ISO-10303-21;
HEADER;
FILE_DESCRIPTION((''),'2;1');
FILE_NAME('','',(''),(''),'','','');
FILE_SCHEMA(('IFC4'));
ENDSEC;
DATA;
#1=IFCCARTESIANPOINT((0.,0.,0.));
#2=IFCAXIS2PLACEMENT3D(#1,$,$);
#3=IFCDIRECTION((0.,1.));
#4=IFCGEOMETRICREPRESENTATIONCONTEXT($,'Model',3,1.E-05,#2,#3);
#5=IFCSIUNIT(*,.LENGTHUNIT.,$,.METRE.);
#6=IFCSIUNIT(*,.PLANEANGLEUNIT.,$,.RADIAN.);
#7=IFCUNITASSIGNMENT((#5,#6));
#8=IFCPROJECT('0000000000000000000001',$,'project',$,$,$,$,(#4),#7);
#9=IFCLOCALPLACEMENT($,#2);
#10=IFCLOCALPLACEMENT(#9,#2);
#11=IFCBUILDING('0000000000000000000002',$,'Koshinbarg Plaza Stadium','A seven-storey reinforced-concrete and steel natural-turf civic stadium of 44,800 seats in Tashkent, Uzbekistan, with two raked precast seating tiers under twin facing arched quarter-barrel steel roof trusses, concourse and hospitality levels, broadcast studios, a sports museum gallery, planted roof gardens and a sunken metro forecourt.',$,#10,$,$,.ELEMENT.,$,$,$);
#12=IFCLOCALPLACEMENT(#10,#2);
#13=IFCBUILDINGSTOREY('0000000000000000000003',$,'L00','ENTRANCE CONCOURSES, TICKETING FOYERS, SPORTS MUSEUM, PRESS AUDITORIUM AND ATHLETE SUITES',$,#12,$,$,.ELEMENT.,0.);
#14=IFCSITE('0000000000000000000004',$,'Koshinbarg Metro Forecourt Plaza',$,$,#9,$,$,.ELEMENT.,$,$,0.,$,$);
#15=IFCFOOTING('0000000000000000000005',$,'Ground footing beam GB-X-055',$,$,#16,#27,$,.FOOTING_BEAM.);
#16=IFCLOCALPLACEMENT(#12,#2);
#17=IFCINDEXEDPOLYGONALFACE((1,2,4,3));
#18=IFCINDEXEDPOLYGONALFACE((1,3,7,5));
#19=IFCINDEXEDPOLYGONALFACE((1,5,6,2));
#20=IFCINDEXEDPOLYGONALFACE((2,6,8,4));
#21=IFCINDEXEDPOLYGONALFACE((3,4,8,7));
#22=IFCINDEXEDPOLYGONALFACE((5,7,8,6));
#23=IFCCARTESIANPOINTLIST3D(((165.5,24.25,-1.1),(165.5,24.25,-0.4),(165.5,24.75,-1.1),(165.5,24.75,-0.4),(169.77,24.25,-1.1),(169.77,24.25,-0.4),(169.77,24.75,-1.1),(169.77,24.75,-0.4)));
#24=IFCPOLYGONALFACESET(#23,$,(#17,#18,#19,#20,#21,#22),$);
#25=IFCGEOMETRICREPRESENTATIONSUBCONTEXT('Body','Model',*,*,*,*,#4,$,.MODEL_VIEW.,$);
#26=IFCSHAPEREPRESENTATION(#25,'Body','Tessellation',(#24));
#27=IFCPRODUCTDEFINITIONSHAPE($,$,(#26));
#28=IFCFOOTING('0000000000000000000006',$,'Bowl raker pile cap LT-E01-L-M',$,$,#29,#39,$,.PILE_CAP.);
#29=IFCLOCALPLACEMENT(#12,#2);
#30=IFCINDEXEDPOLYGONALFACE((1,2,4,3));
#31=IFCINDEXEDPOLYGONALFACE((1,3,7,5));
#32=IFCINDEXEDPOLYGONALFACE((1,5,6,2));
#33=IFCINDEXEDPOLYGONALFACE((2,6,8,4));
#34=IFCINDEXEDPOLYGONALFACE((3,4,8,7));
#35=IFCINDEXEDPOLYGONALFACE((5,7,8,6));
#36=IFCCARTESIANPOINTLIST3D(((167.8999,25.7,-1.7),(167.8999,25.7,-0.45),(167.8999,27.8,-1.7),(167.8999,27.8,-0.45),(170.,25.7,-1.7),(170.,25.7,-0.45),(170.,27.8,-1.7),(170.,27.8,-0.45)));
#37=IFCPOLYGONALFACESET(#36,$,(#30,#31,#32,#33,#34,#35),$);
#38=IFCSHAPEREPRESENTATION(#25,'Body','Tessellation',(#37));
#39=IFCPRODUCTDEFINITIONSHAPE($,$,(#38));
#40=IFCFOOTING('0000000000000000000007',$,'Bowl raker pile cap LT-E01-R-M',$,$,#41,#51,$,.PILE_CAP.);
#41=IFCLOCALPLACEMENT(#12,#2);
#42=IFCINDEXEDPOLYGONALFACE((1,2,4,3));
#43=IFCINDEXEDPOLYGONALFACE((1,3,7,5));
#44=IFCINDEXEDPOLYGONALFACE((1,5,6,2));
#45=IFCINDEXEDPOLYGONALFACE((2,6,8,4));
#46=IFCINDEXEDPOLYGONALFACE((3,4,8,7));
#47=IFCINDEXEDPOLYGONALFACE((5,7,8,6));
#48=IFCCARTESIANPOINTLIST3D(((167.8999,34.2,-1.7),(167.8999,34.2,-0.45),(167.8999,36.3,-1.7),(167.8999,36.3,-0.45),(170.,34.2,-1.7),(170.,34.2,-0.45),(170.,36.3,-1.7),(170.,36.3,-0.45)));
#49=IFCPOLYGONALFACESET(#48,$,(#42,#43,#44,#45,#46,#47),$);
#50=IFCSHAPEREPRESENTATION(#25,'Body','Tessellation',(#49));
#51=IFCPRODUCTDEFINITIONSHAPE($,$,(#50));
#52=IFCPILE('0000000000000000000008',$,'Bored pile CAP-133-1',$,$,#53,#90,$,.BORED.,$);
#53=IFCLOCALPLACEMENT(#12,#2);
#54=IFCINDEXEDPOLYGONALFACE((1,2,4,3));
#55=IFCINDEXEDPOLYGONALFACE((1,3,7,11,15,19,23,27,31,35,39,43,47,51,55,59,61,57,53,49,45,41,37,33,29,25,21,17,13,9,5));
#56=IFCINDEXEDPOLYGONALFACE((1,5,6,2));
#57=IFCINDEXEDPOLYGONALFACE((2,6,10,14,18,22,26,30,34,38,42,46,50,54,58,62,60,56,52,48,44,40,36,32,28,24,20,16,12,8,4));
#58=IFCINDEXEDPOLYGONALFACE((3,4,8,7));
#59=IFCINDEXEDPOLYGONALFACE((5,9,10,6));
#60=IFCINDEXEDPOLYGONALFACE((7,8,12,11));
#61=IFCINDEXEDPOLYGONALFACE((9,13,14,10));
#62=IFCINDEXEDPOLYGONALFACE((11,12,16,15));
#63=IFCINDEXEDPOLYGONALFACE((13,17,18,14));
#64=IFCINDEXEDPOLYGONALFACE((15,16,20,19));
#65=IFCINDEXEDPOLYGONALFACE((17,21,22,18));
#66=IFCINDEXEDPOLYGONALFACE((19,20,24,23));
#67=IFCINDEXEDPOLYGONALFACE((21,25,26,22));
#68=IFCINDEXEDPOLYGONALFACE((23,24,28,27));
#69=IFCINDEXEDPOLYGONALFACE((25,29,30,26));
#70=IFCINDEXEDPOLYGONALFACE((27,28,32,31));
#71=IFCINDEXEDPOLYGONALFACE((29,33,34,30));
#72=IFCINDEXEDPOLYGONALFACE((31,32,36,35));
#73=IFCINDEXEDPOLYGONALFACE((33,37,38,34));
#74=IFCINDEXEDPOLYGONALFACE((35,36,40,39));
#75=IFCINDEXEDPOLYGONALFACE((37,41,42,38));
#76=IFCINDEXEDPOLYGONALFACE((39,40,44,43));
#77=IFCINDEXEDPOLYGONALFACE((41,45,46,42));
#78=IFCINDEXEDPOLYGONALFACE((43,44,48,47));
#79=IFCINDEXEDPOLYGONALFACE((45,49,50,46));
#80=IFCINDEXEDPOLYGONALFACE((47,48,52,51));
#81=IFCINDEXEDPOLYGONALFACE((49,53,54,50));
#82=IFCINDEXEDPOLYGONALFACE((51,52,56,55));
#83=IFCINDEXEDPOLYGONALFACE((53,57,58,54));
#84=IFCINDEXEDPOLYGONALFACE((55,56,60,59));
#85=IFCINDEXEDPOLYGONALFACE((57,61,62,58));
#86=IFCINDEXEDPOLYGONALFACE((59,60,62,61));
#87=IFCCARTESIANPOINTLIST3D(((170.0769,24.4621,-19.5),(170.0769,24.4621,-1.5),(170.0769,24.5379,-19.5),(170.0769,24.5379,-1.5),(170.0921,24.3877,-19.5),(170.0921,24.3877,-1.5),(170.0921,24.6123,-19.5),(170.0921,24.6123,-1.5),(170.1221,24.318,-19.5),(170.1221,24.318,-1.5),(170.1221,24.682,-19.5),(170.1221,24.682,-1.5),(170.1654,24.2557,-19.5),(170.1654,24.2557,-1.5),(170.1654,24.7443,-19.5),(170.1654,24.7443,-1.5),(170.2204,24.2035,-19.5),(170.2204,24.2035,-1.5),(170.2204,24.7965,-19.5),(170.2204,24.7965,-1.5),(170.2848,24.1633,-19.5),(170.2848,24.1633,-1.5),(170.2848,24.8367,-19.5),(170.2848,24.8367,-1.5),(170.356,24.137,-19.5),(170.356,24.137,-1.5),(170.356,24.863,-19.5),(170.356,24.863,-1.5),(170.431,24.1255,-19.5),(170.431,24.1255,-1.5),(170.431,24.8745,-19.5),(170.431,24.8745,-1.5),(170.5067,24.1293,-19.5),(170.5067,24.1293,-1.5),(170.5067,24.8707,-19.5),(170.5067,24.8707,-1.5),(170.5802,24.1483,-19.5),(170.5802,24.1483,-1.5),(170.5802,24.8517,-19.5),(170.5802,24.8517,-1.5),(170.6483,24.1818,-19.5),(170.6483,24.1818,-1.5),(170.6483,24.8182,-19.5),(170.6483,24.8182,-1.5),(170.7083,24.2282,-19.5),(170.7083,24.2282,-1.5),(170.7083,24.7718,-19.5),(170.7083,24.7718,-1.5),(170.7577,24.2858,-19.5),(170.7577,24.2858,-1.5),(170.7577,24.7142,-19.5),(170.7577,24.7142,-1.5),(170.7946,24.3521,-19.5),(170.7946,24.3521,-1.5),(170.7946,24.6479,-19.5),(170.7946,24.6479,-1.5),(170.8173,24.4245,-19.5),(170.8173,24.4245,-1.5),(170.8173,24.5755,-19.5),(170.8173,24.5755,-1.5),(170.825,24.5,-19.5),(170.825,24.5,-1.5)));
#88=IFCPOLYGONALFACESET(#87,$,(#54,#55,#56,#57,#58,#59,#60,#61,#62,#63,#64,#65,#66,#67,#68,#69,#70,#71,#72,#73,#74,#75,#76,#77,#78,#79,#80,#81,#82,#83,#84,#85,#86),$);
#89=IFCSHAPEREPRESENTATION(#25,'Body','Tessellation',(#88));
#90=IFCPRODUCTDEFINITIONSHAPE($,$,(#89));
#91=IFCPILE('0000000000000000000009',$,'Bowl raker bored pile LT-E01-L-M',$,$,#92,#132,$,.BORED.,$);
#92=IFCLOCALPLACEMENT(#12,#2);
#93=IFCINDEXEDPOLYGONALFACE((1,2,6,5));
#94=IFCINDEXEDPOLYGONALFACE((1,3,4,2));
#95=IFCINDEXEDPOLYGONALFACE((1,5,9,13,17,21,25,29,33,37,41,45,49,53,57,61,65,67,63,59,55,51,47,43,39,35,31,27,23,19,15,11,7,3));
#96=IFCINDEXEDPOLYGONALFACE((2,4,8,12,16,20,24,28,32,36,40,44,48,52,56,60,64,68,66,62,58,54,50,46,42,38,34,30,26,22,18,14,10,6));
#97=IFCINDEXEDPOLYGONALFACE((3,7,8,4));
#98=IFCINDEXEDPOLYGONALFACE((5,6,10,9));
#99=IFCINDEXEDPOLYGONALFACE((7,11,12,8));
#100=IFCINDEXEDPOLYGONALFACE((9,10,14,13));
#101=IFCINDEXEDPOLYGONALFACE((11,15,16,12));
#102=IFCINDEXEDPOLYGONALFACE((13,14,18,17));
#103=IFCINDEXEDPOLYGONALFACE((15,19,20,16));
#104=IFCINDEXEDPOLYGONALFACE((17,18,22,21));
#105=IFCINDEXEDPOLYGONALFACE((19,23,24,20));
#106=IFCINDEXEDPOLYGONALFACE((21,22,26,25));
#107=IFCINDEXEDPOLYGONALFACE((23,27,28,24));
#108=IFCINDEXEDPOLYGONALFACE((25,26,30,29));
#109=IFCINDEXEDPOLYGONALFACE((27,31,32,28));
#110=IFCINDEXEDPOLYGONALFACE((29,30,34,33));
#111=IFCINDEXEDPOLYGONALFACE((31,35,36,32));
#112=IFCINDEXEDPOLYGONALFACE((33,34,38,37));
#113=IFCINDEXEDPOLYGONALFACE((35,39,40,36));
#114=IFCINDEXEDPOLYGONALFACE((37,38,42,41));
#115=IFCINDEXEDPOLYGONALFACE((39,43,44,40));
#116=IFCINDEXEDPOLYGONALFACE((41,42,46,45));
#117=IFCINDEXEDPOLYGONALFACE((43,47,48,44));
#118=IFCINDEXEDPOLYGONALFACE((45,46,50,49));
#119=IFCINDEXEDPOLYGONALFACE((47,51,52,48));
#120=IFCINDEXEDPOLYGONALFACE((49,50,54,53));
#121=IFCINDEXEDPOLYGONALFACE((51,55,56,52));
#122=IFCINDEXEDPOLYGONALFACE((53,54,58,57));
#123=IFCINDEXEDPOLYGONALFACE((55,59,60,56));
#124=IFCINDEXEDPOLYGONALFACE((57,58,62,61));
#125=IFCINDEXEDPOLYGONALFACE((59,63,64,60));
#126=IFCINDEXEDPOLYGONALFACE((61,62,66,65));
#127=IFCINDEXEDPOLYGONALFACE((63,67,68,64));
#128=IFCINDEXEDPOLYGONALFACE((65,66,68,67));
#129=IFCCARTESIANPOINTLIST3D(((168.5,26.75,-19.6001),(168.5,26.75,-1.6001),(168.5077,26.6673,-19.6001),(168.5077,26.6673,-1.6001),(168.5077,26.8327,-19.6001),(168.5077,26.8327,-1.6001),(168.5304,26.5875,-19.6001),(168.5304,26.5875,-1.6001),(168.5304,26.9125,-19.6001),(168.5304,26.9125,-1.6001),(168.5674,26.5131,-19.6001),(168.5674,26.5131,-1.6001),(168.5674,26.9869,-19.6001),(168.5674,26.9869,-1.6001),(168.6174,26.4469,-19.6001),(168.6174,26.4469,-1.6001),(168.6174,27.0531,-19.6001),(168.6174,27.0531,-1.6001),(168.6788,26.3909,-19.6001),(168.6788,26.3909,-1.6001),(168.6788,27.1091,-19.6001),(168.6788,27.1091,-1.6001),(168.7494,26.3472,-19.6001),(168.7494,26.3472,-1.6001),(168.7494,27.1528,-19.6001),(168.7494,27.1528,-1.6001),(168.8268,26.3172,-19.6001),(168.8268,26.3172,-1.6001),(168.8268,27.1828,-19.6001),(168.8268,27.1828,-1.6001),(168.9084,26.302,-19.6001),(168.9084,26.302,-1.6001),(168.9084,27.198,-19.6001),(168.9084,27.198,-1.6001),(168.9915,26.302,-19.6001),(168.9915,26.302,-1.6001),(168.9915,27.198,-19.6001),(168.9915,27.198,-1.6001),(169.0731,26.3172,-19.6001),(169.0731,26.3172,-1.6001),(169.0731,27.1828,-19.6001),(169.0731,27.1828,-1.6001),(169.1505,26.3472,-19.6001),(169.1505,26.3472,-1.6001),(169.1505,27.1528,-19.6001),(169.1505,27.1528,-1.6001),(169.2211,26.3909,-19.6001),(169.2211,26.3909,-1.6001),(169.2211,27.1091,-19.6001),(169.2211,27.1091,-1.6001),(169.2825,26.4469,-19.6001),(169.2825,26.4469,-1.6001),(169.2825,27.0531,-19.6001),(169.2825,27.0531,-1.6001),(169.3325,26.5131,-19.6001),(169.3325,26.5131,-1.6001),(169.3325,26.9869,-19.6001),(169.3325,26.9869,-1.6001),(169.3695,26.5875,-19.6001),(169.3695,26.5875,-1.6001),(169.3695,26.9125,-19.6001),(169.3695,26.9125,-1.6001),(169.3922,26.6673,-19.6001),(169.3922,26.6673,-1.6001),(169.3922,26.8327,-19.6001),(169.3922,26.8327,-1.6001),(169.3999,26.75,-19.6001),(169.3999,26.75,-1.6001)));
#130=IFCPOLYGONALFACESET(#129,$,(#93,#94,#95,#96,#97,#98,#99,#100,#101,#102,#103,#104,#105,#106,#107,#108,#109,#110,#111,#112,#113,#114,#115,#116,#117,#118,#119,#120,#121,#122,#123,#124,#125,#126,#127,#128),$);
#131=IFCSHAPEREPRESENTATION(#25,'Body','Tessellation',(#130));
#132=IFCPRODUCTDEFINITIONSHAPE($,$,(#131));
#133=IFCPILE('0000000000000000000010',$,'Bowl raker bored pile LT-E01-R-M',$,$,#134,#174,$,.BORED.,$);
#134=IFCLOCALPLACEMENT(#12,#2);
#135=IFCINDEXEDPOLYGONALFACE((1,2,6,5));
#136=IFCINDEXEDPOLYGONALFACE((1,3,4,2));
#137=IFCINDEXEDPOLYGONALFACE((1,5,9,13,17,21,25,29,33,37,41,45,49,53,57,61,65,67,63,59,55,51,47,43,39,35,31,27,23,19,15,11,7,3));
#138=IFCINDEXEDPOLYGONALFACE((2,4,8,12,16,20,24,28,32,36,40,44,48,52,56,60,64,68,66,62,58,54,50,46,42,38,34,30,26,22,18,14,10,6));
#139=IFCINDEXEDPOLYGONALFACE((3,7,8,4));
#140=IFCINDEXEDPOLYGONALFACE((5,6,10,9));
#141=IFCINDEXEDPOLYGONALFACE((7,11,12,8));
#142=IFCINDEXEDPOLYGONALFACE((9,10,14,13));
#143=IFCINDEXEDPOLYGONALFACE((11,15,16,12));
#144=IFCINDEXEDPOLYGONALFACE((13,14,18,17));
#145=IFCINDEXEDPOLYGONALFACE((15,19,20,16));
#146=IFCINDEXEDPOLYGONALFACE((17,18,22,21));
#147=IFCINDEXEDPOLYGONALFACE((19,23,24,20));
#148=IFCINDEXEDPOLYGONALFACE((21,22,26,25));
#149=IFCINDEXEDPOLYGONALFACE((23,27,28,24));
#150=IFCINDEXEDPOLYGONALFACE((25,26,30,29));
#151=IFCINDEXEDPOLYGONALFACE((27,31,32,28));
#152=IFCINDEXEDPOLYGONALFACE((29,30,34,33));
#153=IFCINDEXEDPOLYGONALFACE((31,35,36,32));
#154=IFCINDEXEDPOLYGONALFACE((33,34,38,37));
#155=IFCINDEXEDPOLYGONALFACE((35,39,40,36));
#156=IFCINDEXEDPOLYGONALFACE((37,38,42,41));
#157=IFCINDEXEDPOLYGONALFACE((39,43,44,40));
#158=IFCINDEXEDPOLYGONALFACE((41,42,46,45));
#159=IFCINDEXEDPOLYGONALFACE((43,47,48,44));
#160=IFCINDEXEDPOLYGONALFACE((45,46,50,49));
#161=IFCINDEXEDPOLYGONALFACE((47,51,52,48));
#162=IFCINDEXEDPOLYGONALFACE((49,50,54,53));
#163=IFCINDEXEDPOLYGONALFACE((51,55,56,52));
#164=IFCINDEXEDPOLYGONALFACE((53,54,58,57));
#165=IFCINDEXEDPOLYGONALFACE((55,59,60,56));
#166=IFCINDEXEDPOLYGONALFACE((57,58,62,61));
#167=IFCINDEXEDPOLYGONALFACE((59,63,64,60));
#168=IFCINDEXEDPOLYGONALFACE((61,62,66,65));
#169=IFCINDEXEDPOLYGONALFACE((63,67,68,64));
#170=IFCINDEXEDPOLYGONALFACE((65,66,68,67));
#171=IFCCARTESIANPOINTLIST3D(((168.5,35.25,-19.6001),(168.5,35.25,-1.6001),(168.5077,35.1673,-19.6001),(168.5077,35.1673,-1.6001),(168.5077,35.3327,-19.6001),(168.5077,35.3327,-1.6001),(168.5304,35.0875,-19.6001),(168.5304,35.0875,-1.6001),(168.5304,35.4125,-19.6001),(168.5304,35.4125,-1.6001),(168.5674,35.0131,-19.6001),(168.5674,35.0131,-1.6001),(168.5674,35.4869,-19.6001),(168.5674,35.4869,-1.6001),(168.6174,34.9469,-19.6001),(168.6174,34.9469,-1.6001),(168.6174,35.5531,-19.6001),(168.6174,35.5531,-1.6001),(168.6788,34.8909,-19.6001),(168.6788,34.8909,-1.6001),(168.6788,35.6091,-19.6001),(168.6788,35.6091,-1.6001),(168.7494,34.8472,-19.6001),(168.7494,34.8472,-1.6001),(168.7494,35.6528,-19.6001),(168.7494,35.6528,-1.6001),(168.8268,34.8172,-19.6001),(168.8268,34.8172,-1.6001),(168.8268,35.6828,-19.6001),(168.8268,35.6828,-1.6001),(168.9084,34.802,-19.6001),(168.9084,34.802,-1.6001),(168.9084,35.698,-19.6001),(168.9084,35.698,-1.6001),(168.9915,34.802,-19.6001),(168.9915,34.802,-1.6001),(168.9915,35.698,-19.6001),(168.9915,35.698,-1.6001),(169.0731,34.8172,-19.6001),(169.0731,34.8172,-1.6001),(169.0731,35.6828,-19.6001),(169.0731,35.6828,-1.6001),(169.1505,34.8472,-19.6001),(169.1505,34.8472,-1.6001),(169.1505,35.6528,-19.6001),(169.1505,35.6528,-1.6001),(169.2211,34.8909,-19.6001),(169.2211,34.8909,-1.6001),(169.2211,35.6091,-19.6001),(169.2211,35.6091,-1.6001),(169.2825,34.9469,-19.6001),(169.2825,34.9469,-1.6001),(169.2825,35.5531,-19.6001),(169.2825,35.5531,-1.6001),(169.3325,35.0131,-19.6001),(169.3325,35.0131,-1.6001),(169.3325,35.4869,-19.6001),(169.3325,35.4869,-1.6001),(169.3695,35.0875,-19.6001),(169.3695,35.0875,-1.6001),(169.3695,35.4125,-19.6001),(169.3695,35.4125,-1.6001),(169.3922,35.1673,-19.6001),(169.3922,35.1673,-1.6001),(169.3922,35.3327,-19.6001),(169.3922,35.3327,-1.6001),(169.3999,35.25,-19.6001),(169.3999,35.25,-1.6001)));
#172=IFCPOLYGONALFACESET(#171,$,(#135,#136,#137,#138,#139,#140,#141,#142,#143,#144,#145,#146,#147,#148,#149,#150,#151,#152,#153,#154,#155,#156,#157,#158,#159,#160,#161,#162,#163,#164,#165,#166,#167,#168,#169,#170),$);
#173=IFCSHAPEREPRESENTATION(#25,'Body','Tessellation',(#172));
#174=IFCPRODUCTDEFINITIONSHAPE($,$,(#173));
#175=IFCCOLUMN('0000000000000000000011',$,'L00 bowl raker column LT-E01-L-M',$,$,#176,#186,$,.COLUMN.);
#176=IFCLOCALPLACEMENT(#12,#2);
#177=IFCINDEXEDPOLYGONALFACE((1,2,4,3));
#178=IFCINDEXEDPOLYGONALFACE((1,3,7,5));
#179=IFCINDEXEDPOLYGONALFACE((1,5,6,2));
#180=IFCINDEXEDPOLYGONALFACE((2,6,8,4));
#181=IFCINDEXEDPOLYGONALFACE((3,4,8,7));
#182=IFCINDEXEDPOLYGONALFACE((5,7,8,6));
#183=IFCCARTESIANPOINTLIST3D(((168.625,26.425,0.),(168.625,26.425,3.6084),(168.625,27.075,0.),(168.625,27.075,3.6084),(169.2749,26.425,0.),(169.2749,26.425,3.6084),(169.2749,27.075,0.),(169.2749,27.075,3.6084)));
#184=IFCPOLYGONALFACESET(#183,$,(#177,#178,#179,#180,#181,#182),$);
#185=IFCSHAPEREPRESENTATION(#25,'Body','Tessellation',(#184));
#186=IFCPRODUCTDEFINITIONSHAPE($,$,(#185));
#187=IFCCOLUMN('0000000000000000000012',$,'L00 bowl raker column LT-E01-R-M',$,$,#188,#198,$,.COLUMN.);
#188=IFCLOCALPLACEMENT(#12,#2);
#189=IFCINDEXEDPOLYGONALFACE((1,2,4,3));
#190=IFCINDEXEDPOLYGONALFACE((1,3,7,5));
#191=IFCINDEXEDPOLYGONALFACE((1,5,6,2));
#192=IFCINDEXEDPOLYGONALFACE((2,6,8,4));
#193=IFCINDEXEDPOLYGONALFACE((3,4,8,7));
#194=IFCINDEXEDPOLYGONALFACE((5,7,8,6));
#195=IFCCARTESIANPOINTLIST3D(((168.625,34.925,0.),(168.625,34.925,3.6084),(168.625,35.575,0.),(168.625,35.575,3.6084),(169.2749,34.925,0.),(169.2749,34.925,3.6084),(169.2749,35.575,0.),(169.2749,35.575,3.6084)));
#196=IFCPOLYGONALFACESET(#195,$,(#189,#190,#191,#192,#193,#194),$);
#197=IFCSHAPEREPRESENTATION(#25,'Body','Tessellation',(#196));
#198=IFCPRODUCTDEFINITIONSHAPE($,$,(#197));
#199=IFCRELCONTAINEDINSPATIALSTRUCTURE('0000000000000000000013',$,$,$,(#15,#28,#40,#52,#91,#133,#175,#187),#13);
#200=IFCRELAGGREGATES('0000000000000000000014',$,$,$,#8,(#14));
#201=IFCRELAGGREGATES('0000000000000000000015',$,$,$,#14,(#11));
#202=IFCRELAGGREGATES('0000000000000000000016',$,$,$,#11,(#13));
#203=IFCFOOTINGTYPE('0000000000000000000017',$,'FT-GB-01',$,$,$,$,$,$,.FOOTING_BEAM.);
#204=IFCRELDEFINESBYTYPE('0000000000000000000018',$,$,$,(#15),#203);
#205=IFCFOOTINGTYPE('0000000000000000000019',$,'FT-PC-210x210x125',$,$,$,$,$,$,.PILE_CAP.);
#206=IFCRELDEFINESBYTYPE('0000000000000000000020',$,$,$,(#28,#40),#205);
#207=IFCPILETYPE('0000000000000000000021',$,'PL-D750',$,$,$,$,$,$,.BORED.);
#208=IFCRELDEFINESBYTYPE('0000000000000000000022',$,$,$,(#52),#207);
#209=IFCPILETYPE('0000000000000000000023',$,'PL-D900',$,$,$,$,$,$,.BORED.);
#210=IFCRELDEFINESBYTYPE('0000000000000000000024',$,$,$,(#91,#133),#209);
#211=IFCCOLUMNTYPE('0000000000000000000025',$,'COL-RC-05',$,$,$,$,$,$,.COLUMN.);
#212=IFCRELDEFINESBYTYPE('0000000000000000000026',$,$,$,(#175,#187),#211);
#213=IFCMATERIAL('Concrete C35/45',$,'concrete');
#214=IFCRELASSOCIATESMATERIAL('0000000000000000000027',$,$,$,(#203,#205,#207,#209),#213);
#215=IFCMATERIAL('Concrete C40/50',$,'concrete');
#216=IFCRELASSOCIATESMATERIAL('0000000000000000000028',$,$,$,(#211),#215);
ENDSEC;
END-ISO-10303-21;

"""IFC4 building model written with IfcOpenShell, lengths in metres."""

from ifc_helpers import new_model, si_unit, direction, frame, origin, origin_2d, place, context, subcontext, project, spatial, rectangle, circle, extrude, material, material_profile, profile_set, type_object, element, save


model = new_model("IFC4")

# Units and contexts
model_context = context("Model", 3, precision=1e-05, world=origin(), true_north=direction((0.0, 1.0)))
body_context = subcontext(model_context, "Body", "Model", "MODEL_VIEW")
ifc_project = project(units=[si_unit("LENGTHUNIT", "METRE"), si_unit("PLANEANGLEUNIT", "RADIAN")], contexts=[model_context])

# Site, building, storey
site_placement = place(None, origin())
site = spatial("IfcSite", under=ifc_project, at=site_placement, Name="Koshinbarg Metro Forecourt Plaza", CompositionType="ELEMENT", RefElevation=0.0)
building_placement = place(site_placement, origin())
building = spatial("IfcBuilding", under=site, at=building_placement, Name="Koshinbarg Plaza Stadium", Description="A seven-storey reinforced-concrete and steel natural-turf civic stadium of 44,800 seats in Tashkent, Uzbekistan, with two raked precast seating tiers under twin facing arched quarter-barrel steel roof trusses, concourse and hospitality levels, broadcast studios, a sports museum gallery, planted roof gardens and a sunken metro forecourt.", CompositionType="ELEMENT")
storey_placement = place(building_placement, origin())
storey = spatial("IfcBuildingStorey", under=building, at=storey_placement, Name="L00", Description="ENTRANCE CONCOURSES, TICKETING FOYERS, SPORTS MUSEUM, PRESS AUDITORIUM AND ATHLETE SUITES", CompositionType="ELEMENT", Elevation=0.0)

# Footings
ifc_material_1 = material(Name="Concrete C35/45", Category="concrete")
ifc_material_profile_1 = material_profile(ifc_material_1, rectangle(XDim=0.5, YDim=0.7, at=origin_2d()), Name="GB 500x700")
ifc_profile_set_1 = profile_set([ifc_material_profile_1], Name="Concrete C35/45")
footing_type_1 = type_object("IfcFootingType", Name="FT-GB-01", PredefinedType="FOOTING_BEAM", material=ifc_profile_set_1)
footing_placement = place(storey_placement, frame((165.5, 24.5, -0.75), z_axis=(1.0, 0.0, 0.0), x_axis=(0.0, 1.0, 0.0)))
element("IfcFooting", 1, at=footing_placement, inside=storey, type_object=footing_type_1, Name="Ground footing beam GB-X-055", PredefinedType="FOOTING_BEAM", context=body_context, shape_type="SweptSolid", body=[
    extrude(rectangle(XDim=0.5, YDim=0.7, at=origin_2d()), origin(), (0.0, 0.0, 1.0), 4.27),
])
footing_type_2 = type_object("IfcFootingType", Name="FT-PC-210x210x125", PredefinedType="PILE_CAP", material=ifc_material_1)
for number, where, z_axis, x_axis, name in (
    (2, (168.95, 26.75, -1.7), (0.0, 0.0, 1.0), (1.0, 0.0, 0.0), "Bowl raker pile cap LT-E01-L-M"),
    (3, (168.95, 35.25, -1.7), (0.0, 0.0, 1.0), (1.0, 0.0, 0.0), "Bowl raker pile cap LT-E01-R-M"),
):
    element("IfcFooting", number, at=place(storey_placement, frame(where, z_axis=z_axis, x_axis=x_axis)), inside=storey, type_object=footing_type_2, Name=name, PredefinedType="PILE_CAP", context=body_context, shape_type="SweptSolid", body=[
        extrude(rectangle(XDim=2.1001, YDim=2.1001, at=origin_2d()), origin(), (0.0, 0.0, 1.0), 1.25),
    ])

# Piles
ifc_material_profile_2 = material_profile(ifc_material_1, circle(Radius=0.375, at=origin_2d()), Name="PILE D750")
ifc_profile_set_2 = profile_set([ifc_material_profile_2], Name="Concrete C35/45")
pile_type_1 = type_object("IfcPileType", Name="PL-D750", PredefinedType="BORED", material=ifc_profile_set_2)
pile_placement = place(storey_placement, frame((170.45, 24.5, -1.5), z_axis=(0.0, 0.0, -1.0), x_axis=(1.0, 0.0, 0.0)))
element("IfcPile", 4, at=pile_placement, inside=storey, type_object=pile_type_1, Name="Bored pile CAP-133-1", PredefinedType="BORED", context=body_context, shape_type="SweptSolid", body=[
    extrude(circle(Radius=0.375, at=origin_2d()), origin(), (0.0, 0.0, 1.0), 18.0),
])
ifc_material_profile_3 = material_profile(ifc_material_1, circle(Radius=0.45, at=origin_2d()), Name="PILE D900")
ifc_profile_set_3 = profile_set([ifc_material_profile_3], Name="Concrete C35/45")
pile_type_2 = type_object("IfcPileType", Name="PL-D900", PredefinedType="BORED", material=ifc_profile_set_3)
for number, where, z_axis, x_axis, name in (
    (5, (168.95, 26.75, -1.6001), (0.0, 0.0, -1.0), (1.0, 0.0, 0.0), "Bowl raker bored pile LT-E01-L-M"),
    (6, (168.95, 35.25, -1.6001), (0.0, 0.0, -1.0), (1.0, 0.0, 0.0), "Bowl raker bored pile LT-E01-R-M"),
):
    element("IfcPile", number, at=place(storey_placement, frame(where, z_axis=z_axis, x_axis=x_axis)), inside=storey, type_object=pile_type_2, Name=name, PredefinedType="BORED", context=body_context, shape_type="SweptSolid", body=[
        extrude(circle(Radius=0.45, at=origin_2d()), origin(), (0.0, 0.0, 1.0), 18.0),
    ])

# Columns
ifc_material_2 = material(Name="Concrete C40/50", Category="concrete")
ifc_material_profile_4 = material_profile(ifc_material_2, rectangle(XDim=0.6499, YDim=0.6499, at=origin_2d()), Name="RC 650x650")
ifc_profile_set_4 = profile_set([ifc_material_profile_4], Name="Concrete C40/50")
column_type = type_object("IfcColumnType", Name="COL-RC-05", PredefinedType="COLUMN", material=ifc_profile_set_4)
for number, where, z_axis, x_axis, name in (
    (7, (168.95, 26.75, 0.0), (0.0, 0.0, 1.0), (1.0, 0.0, 0.0), "L00 bowl raker column LT-E01-L-M"),
    (8, (168.95, 35.25, 0.0), (0.0, 0.0, 1.0), (1.0, 0.0, 0.0), "L00 bowl raker column LT-E01-R-M"),
):
    element("IfcColumn", number, at=place(storey_placement, frame(where, z_axis=z_axis, x_axis=x_axis)), inside=storey, type_object=column_type, Name=name, PredefinedType="COLUMN", context=body_context, shape_type="SweptSolid", body=[
        extrude(rectangle(XDim=0.6499, YDim=0.6499, at=origin_2d()), origin(), (0.0, 0.0, 1.0), 3.6084),
    ])

save(model, "model.ifc")
